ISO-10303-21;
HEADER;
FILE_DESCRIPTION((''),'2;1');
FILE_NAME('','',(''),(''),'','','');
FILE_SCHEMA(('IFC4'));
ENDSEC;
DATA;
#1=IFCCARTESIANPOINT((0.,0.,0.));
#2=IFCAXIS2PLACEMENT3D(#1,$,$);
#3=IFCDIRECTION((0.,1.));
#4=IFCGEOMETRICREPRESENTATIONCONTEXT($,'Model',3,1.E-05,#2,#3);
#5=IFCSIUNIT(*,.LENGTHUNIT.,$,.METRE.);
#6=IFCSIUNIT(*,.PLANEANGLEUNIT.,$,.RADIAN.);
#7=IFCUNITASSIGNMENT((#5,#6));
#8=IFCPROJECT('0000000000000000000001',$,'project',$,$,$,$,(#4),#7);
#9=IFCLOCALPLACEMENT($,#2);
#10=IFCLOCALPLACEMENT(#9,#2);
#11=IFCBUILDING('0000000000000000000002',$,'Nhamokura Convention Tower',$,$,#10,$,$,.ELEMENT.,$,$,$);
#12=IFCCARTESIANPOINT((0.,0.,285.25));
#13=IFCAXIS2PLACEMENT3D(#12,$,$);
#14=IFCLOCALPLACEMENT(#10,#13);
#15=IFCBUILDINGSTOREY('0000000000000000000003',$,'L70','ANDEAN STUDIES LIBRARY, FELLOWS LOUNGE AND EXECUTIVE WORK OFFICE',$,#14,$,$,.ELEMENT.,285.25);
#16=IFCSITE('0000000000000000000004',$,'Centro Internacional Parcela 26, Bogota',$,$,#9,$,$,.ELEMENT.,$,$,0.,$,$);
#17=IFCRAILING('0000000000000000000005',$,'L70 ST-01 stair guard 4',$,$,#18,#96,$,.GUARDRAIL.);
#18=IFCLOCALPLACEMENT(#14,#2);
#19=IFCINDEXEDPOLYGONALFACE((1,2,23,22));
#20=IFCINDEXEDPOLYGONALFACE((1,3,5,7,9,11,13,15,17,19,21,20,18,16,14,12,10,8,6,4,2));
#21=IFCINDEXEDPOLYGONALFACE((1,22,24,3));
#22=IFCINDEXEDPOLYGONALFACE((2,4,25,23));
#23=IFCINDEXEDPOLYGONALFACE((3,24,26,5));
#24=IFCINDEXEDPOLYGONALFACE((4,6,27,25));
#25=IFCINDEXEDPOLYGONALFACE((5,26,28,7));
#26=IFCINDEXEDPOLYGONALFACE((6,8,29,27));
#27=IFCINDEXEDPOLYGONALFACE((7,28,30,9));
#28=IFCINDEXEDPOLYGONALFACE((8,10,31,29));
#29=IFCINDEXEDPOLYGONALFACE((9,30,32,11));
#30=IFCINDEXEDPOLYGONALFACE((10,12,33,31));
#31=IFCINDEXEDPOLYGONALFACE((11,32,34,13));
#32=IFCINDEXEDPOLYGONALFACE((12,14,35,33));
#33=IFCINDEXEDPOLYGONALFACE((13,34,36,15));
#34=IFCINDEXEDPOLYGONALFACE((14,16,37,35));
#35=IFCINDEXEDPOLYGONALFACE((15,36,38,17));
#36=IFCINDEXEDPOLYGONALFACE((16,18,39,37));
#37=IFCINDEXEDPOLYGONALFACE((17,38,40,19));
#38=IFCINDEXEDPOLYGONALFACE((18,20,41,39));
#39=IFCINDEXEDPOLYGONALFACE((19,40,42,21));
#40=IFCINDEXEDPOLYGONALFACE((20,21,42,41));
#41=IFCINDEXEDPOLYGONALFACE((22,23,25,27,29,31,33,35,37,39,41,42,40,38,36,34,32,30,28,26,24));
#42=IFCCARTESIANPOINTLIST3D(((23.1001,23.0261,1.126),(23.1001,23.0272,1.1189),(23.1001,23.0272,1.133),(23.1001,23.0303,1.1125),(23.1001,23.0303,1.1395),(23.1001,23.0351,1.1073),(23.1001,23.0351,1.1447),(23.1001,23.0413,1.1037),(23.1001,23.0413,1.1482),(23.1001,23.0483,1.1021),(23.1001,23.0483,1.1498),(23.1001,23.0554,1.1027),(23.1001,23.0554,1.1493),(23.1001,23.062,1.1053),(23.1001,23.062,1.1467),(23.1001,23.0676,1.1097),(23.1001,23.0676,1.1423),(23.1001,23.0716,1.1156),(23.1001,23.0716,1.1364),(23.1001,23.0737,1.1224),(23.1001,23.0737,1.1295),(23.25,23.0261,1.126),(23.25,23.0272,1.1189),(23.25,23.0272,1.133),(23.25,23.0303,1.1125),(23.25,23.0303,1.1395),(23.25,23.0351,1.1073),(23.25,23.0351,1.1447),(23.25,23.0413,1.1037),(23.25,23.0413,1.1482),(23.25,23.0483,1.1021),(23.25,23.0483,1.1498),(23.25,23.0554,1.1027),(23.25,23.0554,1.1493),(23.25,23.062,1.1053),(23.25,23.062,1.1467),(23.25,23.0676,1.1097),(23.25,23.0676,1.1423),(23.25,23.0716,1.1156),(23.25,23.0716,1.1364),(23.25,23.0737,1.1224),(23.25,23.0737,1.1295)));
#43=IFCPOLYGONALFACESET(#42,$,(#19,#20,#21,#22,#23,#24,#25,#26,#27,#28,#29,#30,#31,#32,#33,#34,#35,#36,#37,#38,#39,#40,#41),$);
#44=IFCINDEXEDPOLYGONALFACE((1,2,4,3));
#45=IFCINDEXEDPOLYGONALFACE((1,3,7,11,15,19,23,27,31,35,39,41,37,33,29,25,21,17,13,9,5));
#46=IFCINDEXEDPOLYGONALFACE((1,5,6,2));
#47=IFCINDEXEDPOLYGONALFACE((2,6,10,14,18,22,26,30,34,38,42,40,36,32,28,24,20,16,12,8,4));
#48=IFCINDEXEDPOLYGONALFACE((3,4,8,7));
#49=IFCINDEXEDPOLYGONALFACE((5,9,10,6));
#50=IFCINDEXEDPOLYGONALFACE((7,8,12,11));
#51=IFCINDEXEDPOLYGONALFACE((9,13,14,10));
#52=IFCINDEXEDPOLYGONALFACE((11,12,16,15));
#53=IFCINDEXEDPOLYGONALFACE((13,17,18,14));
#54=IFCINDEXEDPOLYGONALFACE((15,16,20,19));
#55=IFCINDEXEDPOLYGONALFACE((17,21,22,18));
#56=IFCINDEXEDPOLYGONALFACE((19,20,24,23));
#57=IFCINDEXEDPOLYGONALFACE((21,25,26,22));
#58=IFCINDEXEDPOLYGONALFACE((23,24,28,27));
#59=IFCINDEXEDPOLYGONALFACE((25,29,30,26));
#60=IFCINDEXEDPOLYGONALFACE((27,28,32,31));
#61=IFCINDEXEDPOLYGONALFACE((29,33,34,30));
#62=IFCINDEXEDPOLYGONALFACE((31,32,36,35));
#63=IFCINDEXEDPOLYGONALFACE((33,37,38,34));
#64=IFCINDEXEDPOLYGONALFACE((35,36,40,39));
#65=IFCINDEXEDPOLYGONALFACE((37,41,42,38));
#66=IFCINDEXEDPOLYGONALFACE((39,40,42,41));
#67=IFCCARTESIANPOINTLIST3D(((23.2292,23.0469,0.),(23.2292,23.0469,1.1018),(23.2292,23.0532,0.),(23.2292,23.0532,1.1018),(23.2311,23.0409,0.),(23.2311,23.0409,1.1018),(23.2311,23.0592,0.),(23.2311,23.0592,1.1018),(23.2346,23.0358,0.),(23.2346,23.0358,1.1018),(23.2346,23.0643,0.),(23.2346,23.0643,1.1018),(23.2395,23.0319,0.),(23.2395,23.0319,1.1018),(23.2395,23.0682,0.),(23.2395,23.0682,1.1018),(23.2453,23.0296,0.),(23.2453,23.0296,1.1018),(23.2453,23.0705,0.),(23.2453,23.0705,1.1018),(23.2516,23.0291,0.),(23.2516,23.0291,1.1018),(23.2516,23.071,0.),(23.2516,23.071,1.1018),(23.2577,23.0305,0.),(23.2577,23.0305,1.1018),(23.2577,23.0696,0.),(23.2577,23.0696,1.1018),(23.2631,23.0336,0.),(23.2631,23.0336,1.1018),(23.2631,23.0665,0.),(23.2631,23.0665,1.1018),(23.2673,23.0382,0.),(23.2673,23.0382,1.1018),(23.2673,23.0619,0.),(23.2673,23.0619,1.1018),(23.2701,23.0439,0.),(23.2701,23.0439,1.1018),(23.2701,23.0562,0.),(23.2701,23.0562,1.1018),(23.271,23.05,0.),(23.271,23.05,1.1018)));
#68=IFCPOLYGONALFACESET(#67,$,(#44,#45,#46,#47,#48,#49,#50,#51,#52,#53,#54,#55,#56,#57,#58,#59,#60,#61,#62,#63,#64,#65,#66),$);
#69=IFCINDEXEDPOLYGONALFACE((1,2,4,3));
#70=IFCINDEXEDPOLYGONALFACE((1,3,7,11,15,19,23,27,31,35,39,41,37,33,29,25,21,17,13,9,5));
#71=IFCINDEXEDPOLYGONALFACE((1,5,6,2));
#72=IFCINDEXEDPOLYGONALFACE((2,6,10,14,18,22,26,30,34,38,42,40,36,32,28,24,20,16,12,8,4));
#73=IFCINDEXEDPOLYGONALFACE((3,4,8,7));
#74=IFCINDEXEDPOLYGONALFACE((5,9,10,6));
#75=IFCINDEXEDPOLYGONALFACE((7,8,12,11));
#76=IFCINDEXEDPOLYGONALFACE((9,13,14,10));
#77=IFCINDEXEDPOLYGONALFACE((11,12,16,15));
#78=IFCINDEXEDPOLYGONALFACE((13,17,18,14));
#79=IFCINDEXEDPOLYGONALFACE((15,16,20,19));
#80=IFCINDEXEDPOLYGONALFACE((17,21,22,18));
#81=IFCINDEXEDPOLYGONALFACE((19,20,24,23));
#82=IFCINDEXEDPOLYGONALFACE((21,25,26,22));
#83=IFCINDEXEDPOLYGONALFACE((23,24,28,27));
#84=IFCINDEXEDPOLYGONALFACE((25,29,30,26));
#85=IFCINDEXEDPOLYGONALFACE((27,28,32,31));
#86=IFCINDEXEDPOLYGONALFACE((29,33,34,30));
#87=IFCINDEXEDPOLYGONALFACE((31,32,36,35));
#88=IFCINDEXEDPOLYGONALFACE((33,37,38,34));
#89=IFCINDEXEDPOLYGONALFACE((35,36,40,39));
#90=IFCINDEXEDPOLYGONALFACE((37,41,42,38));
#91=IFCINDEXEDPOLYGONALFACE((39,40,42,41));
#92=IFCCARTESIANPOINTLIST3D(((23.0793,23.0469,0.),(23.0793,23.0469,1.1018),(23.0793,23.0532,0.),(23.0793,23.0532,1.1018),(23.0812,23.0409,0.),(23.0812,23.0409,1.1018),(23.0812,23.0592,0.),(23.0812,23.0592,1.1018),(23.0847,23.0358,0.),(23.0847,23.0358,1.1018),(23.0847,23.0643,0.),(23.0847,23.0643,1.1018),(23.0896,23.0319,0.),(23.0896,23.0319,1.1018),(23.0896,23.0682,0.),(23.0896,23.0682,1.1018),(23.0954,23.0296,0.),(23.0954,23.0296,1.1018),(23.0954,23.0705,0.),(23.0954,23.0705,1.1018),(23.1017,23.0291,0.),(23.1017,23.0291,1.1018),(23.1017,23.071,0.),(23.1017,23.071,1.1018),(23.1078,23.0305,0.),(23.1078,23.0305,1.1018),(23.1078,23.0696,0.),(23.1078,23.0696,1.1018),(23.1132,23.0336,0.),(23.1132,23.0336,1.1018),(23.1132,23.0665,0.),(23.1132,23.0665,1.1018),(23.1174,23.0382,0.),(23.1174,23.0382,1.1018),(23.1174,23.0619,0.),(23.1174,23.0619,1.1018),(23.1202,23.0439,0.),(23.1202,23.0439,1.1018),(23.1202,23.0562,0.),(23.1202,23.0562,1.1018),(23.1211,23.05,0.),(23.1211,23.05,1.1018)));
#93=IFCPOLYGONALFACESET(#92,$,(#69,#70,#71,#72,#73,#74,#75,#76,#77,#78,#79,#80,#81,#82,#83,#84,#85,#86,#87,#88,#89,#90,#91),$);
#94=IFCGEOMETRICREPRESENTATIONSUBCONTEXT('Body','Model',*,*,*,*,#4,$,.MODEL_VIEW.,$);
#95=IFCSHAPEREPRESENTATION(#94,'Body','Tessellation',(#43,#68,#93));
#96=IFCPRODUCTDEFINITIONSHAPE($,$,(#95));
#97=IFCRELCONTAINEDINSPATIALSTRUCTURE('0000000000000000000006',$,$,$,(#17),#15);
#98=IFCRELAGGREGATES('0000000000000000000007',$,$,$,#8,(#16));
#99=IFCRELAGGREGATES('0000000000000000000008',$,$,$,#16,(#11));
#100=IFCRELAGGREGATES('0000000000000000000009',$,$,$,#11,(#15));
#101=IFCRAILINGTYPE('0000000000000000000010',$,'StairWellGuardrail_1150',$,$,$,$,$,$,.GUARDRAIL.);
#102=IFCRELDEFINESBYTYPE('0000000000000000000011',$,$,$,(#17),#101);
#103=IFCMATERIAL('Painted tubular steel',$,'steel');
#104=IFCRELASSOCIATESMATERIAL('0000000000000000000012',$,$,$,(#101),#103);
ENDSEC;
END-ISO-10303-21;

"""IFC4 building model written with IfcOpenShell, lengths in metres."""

from ifc_helpers import new_model, si_unit, direction, frame, origin, origin_2d, place, context, subcontext, project, spatial, circle, extrude, material, type_object, element, save


model = new_model("IFC4")

# Units and contexts
model_context = context("Model", 3, precision=1e-05, world=origin(), true_north=direction((0.0, 1.0)))
body_context = subcontext(model_context, "Body", "Model", "MODEL_VIEW")
ifc_project = project(units=[si_unit("LENGTHUNIT", "METRE"), si_unit("PLANEANGLEUNIT", "RADIAN")], contexts=[model_context])

# Site, building, storey
site_placement = place(None, origin())
site = spatial("IfcSite", under=ifc_project, at=site_placement, Name="Centro Internacional Parcela 26, Bogota", CompositionType="ELEMENT", RefElevation=0.0)
building_placement = place(site_placement, origin())
building = spatial("IfcBuilding", under=site, at=building_placement, Name="Nhamokura Convention Tower", CompositionType="ELEMENT")
storey_placement = place(building_placement, frame((0.0, 0.0, 285.25)))
storey = spatial("IfcBuildingStorey", under=building, at=storey_placement, Name="L70", Description="ANDEAN STUDIES LIBRARY, FELLOWS LOUNGE AND EXECUTIVE WORK OFFICE", CompositionType="ELEMENT", Elevation=285.25)

# Railing
ifc_material_1 = material(Name="Painted tubular steel", Category="steel")
railing_type_1 = type_object("IfcRailingType", Name="StairWellGuardrail_1150", PredefinedType="GUARDRAIL", material=ifc_material_1)
railing_1_placement = place(storey_placement, frame((23.25, 23.05, 0.0)))
element("IfcRailing", 1, at=railing_1_placement, inside=storey, type_object=railing_type_1, Name="L70 ST-01 stair guard 4", PredefinedType="GUARDRAIL", context=body_context, shape_type="SweptSolid", body=[
    extrude(circle(Radius=0.0239, at=origin_2d()), frame((0.0, 0.0, 1.126), z_axis=(-1.0, 0.0, 0.0), x_axis=(0.0, -1.0, 0.0)), (0.0, 0.0, 1.0), 0.1499),
    extrude(circle(Radius=0.021, at=origin_2d()), origin(), (0.0, 0.0, 1.0), 1.1018),
    extrude(circle(Radius=0.021, at=origin_2d()), frame((-0.1499, 0.0, 0.0)), (0.0, 0.0, 1.0), 1.1018),
])

save(model, "model.ifc")
